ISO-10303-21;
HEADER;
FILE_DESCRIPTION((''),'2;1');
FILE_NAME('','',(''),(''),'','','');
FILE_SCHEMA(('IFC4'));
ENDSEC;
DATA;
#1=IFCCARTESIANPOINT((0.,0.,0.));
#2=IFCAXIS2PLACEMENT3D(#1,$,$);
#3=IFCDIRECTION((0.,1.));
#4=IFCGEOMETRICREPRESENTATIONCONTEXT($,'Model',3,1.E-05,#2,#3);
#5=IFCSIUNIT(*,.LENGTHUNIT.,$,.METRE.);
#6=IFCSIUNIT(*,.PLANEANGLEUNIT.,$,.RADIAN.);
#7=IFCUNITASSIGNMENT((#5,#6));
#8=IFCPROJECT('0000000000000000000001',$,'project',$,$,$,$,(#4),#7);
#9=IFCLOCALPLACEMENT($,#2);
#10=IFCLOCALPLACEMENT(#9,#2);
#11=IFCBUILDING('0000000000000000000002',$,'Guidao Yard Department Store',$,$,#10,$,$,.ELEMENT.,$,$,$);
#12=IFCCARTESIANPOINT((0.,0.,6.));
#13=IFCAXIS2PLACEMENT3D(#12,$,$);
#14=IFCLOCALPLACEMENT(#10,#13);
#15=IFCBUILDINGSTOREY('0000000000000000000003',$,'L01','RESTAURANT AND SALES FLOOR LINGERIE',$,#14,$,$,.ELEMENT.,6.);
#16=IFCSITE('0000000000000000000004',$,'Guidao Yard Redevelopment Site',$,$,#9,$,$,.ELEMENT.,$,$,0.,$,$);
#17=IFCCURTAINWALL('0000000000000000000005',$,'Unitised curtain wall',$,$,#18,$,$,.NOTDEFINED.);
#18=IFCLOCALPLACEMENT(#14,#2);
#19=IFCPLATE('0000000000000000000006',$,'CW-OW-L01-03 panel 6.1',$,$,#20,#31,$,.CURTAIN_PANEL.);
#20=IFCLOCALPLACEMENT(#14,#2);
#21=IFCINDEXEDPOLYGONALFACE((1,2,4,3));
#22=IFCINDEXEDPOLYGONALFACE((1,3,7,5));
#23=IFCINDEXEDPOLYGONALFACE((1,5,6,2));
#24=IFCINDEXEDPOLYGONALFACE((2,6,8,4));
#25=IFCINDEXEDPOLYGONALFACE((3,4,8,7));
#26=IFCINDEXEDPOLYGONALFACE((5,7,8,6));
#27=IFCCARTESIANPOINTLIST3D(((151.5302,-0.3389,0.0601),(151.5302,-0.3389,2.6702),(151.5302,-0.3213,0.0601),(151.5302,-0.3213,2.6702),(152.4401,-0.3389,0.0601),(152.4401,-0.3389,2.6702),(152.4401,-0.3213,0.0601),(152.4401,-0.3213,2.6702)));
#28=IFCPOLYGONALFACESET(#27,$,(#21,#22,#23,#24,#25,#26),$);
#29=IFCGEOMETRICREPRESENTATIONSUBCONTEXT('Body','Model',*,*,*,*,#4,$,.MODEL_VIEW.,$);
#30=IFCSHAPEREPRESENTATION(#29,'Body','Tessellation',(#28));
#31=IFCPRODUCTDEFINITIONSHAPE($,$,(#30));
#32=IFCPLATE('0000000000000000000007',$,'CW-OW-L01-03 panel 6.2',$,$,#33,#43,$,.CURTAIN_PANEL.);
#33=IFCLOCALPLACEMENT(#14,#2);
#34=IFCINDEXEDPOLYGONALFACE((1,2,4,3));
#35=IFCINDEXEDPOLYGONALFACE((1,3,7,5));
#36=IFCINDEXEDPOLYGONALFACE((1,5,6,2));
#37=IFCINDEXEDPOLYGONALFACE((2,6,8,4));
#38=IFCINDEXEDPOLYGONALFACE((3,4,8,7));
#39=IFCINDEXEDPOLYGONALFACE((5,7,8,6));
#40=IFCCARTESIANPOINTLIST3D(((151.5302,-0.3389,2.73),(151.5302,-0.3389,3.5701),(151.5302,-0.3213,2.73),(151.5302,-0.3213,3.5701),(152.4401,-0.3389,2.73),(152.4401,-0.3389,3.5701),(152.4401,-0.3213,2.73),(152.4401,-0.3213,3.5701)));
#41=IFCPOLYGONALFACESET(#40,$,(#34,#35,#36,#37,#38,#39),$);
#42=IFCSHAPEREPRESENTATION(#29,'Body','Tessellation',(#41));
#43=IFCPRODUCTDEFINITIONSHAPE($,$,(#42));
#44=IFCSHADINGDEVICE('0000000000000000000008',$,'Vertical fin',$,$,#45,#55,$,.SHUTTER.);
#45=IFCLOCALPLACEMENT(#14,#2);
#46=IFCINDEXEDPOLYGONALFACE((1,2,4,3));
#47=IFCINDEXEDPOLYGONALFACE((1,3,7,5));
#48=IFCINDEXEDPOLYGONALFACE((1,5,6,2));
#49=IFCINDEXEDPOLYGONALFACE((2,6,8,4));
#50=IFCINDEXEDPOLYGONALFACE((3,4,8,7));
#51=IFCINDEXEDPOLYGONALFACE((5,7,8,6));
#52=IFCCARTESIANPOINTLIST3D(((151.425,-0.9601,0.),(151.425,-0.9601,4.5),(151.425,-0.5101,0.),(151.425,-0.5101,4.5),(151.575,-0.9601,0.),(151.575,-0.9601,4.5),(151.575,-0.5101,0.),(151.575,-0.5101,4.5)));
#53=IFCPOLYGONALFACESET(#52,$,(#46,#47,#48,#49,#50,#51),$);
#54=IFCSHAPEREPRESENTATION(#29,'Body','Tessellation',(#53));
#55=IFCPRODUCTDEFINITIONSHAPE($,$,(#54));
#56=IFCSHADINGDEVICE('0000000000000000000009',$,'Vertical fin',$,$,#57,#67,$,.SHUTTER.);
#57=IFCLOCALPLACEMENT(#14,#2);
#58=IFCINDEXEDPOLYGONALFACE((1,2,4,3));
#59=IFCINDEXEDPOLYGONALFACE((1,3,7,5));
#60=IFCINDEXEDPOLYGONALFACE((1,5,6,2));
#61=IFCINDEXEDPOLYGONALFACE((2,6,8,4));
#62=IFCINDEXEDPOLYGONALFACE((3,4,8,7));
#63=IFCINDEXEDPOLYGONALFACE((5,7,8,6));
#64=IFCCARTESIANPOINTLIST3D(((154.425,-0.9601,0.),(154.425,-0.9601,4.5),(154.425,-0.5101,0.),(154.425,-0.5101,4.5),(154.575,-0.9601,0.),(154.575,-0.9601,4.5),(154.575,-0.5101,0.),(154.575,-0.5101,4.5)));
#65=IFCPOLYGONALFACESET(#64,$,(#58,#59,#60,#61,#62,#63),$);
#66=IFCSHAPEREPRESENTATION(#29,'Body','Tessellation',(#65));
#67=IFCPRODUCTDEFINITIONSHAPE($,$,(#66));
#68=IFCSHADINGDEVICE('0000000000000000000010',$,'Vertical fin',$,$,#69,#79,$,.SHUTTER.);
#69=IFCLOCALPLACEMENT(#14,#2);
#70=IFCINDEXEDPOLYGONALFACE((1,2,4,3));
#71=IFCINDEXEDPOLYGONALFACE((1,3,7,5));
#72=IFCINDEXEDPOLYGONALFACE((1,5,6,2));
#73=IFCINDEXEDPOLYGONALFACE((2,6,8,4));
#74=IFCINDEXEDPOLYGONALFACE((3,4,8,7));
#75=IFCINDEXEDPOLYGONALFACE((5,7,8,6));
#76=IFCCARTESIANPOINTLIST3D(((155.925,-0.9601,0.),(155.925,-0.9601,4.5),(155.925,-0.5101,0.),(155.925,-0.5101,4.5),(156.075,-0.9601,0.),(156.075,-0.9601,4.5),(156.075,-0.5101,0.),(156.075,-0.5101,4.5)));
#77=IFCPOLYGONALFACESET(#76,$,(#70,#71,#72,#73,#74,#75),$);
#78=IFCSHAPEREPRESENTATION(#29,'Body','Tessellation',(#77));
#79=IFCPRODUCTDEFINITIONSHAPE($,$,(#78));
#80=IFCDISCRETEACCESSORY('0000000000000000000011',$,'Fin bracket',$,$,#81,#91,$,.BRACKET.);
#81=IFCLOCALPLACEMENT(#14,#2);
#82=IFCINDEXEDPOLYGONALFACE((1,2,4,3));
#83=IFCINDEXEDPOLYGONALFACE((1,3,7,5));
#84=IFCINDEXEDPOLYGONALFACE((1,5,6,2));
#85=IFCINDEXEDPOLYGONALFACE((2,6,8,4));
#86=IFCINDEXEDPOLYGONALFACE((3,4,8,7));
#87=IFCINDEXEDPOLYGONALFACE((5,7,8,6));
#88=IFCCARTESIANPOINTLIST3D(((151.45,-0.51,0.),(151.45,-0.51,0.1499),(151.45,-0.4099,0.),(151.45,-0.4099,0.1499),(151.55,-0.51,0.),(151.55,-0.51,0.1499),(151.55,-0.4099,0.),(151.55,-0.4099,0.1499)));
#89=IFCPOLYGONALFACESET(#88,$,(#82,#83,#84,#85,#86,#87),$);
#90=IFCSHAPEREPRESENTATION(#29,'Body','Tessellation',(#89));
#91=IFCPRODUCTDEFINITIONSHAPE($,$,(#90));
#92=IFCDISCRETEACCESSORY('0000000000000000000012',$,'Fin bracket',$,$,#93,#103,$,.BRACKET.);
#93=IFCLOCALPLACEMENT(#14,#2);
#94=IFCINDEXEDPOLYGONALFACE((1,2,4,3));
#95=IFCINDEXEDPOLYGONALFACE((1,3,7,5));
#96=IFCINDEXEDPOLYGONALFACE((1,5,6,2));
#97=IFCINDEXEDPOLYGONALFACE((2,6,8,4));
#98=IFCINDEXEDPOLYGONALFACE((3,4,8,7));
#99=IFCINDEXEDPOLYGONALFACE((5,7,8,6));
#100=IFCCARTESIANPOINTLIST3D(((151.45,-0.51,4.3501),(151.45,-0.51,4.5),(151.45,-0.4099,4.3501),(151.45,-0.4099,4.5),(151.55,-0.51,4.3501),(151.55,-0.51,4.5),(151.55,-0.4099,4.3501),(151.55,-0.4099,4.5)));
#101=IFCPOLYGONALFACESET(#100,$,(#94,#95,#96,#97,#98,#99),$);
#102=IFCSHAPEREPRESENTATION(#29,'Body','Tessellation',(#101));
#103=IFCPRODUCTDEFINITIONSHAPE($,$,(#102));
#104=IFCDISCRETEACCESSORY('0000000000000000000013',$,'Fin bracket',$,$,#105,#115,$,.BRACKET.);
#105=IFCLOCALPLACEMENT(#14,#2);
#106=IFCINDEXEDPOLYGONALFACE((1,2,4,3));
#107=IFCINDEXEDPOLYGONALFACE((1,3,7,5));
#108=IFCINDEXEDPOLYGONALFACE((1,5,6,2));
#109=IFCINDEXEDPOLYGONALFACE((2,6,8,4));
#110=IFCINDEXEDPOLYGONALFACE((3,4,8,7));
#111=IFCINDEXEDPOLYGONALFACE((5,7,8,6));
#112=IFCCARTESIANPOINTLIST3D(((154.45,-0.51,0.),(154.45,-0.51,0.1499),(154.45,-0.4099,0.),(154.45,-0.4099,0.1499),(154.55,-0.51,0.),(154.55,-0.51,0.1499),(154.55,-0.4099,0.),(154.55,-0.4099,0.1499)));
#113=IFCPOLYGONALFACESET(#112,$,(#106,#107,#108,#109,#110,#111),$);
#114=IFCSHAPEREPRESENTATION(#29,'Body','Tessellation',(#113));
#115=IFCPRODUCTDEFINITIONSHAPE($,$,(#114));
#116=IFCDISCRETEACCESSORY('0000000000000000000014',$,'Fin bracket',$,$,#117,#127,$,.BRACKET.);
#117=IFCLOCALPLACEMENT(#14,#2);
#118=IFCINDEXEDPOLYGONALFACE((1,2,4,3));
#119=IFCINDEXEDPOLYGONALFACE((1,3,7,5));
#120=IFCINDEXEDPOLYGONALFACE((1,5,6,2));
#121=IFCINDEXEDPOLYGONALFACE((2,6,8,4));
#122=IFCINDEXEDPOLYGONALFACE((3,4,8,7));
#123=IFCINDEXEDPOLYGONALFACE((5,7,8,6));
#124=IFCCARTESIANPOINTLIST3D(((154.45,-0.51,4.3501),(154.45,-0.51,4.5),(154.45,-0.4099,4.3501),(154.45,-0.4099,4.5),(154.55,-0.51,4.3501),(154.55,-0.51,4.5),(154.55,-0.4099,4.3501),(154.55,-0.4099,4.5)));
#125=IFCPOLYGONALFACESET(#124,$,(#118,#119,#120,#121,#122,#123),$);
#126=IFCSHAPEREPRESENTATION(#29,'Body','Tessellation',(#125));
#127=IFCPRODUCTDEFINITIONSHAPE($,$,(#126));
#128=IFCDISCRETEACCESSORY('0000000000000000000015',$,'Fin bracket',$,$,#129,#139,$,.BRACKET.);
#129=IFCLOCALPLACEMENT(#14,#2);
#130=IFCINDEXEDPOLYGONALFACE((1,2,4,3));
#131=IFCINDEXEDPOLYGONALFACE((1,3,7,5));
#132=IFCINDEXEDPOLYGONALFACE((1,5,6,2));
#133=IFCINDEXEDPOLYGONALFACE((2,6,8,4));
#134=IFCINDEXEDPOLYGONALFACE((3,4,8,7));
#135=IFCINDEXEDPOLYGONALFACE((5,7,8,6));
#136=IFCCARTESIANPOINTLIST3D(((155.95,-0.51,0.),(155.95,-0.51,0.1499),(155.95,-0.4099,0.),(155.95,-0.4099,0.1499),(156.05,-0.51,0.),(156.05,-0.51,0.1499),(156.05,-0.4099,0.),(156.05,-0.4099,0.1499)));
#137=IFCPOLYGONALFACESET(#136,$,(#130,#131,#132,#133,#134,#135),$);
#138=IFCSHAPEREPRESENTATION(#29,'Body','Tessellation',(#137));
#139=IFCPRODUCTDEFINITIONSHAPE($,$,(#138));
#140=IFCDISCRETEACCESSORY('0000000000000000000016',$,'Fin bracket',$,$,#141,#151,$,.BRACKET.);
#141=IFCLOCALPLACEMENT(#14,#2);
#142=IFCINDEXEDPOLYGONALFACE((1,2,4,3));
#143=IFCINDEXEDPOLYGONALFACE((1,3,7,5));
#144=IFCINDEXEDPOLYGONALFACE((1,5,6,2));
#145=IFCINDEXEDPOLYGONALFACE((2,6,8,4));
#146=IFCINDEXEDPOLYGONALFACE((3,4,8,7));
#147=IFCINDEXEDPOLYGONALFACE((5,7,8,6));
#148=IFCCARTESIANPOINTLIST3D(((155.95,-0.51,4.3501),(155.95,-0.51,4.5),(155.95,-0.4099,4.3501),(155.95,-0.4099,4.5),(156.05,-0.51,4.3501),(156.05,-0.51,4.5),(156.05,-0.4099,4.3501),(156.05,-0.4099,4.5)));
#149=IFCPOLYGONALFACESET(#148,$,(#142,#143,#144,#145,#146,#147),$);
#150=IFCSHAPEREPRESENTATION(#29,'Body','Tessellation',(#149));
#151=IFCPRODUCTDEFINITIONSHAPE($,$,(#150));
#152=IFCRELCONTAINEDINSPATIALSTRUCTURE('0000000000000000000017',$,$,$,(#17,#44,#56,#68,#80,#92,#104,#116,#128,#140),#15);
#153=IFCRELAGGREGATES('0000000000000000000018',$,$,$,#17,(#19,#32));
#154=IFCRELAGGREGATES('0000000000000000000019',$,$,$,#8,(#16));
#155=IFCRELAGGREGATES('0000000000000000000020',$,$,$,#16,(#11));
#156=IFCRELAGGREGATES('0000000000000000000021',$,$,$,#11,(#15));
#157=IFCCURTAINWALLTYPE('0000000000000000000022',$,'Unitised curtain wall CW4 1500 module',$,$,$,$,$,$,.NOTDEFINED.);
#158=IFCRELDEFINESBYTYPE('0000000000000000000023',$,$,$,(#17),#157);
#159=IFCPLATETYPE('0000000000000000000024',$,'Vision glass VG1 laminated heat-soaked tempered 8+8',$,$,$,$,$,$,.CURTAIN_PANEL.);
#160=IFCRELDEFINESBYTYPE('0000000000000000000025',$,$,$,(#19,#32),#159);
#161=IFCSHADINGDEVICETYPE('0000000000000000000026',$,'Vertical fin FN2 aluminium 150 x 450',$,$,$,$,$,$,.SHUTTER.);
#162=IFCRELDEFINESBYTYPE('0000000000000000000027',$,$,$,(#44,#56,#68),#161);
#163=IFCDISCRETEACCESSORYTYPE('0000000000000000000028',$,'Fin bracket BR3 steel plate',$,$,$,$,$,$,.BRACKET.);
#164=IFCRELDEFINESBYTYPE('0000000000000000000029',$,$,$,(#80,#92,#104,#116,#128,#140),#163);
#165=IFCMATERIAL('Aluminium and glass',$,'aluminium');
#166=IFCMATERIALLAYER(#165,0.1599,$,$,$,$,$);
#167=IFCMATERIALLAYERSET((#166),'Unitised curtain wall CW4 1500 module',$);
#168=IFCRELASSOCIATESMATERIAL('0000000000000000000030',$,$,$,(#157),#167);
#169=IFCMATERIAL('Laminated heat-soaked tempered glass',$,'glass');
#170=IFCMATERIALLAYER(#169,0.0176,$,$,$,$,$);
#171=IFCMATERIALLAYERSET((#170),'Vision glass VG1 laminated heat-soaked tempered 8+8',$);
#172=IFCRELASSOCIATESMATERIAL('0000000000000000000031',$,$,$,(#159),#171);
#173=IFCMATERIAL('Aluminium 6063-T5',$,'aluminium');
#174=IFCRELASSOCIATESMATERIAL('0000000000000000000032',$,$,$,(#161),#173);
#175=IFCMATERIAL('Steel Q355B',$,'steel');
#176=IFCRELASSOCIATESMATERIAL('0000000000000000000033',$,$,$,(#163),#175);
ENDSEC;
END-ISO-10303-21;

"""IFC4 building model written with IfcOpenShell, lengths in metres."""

from ifc_helpers import new_model, si_unit, direction, frame, origin, origin_2d, place, context, subcontext, project, spatial, rectangle, extrude, material, layer, layer_set, type_object, element, aggregate, save


model = new_model("IFC4")

# Units and contexts
model_context = context("Model", 3, precision=1e-05, world=origin(), true_north=direction((0.0, 1.0)))
body_context = subcontext(model_context, "Body", "Model", "MODEL_VIEW")
ifc_project = project(units=[si_unit("LENGTHUNIT", "METRE"), si_unit("PLANEANGLEUNIT", "RADIAN")], contexts=[model_context])

# Site, building, storey
site_placement = place(None, origin())
site = spatial("IfcSite", under=ifc_project, at=site_placement, Name="Guidao Yard Redevelopment Site", CompositionType="ELEMENT", RefElevation=0.0)
building_placement = place(site_placement, origin())
building = spatial("IfcBuilding", under=site, at=building_placement, Name="Guidao Yard Department Store", CompositionType="ELEMENT")
storey_placement = place(building_placement, frame((0.0, 0.0, 6.0)))
storey = spatial("IfcBuildingStorey", under=building, at=storey_placement, Name="L01", Description="RESTAURANT AND SALES FLOOR LINGERIE", CompositionType="ELEMENT", Elevation=6.0)

# Curtain wall, plates
ifc_material_1 = material(Name="Aluminium and glass", Category="aluminium")
ifc_layer_1 = layer(ifc_material_1, 0.1599)
ifc_layer_set_1 = layer_set([ifc_layer_1], Name="Unitised curtain wall CW4 1500 module")
curtain_wall_type = type_object("IfcCurtainWallType", Name="Unitised curtain wall CW4 1500 module", PredefinedType="NOTDEFINED", material=ifc_layer_set_1)
curtain_wall_placement = place(storey_placement, origin())
curtain_wall = element("IfcCurtainWall", 1, at=curtain_wall_placement, inside=storey, type_object=curtain_wall_type, Name="Unitised curtain wall", PredefinedType="NOTDEFINED")
ifc_material_2 = material(Name="Laminated heat-soaked tempered glass", Category="glass")
ifc_layer_2 = layer(ifc_material_2, 0.0176)
ifc_layer_set_2 = layer_set([ifc_layer_2], Name="Vision glass VG1 laminated heat-soaked tempered 8+8")
plate_type_1 = type_object("IfcPlateType", Name="Vision glass VG1 laminated heat-soaked tempered 8+8", PredefinedType="CURTAIN_PANEL", material=ifc_layer_set_2)
plate_1_placement = place(storey_placement, frame((151.9851, -0.3301, 0.0601), z_axis=(0.0, 0.0, 1.0), x_axis=(-1.0, 0.0, 0.0)))
plate_1 = element("IfcPlate", 2, at=plate_1_placement, type_object=plate_type_1, Name="CW-OW-L01-03 panel 6.1", PredefinedType="CURTAIN_PANEL", context=body_context, shape_type="SweptSolid", body=[
    extrude(rectangle(XDim=0.9099, YDim=0.0176, at=origin_2d()), origin(), (0.0, 0.0, 1.0), 2.6101),
])
plate_2_placement = place(storey_placement, frame((151.9851, -0.3301, 2.73), z_axis=(0.0, 0.0, 1.0), x_axis=(-1.0, 0.0, 0.0)))
plate_2 = element("IfcPlate", 3, at=plate_2_placement, type_object=plate_type_1, Name="CW-OW-L01-03 panel 6.2", PredefinedType="CURTAIN_PANEL", context=body_context, shape_type="SweptSolid", body=[
    extrude(rectangle(XDim=0.9099, YDim=0.0176, at=origin_2d()), origin(), (0.0, 0.0, 1.0), 0.8401),
])
aggregate(curtain_wall, [plate_1, plate_2])

# Shading devices
ifc_material_3 = material(Name="Aluminium 6063-T5", Category="aluminium")
shading_device_type = type_object("IfcShadingDeviceType", Name="Vertical fin FN2 aluminium 150 x 450", PredefinedType="SHUTTER", material=ifc_material_3)
for number, where, z_axis, x_axis, name in (
    (4, (151.5, -0.7351, 0.0), (0.0, 0.0, 1.0), (-1.0, 0.0, 0.0), "Vertical fin"),
    (5, (154.5, -0.7351, 0.0), (0.0, 0.0, 1.0), (-1.0, 0.0, 0.0), "Vertical fin"),
    (6, (156.0, -0.7351, 0.0), (0.0, 0.0, 1.0), (-1.0, 0.0, 0.0), "Vertical fin"),
):
    element("IfcShadingDevice", number, at=place(storey_placement, frame(where, z_axis=z_axis, x_axis=x_axis)), inside=storey, type_object=shading_device_type, Name=name, PredefinedType="SHUTTER", context=body_context, shape_type="SweptSolid", body=[
        extrude(rectangle(XDim=0.1499, YDim=0.45, at=origin_2d()), origin(), (0.0, 0.0, 1.0), 4.5),
    ])

# Discrete accessories
ifc_material_4 = material(Name="Steel Q355B", Category="steel")
discrete_accessory_type = type_object("IfcDiscreteAccessoryType", Name="Fin bracket BR3 steel plate", PredefinedType="BRACKET", material=ifc_material_4)
for number, where, z_axis, x_axis, name in (
    (7, (151.5, -0.46, 0.0), (0.0, 0.0, 1.0), (-1.0, 0.0, 0.0), "Fin bracket"),
    (8, (151.5, -0.46, 4.3501), (0.0, 0.0, 1.0), (-1.0, 0.0, 0.0), "Fin bracket"),
    (9, (154.5, -0.46, 0.0), (0.0, 0.0, 1.0), (-1.0, 0.0, 0.0), "Fin bracket"),
    (10, (154.5, -0.46, 4.3501), (0.0, 0.0, 1.0), (-1.0, 0.0, 0.0), "Fin bracket"),
    (11, (156.0, -0.46, 0.0), (0.0, 0.0, 1.0), (-1.0, 0.0, 0.0), "Fin bracket"),
    (12, (156.0, -0.46, 4.3501), (0.0, 0.0, 1.0), (-1.0, 0.0, 0.0), "Fin bracket"),
):
    element("IfcDiscreteAccessory", number, at=place(storey_placement, frame(where, z_axis=z_axis, x_axis=x_axis)), inside=storey, type_object=discrete_accessory_type, Name=name, PredefinedType="BRACKET", context=body_context, shape_type="SweptSolid", body=[
        extrude(rectangle(XDim=0.1001, YDim=0.1001, at=origin_2d()), origin(), (0.0, 0.0, 1.0), 0.1499),
    ])

save(model, "model.ifc")
